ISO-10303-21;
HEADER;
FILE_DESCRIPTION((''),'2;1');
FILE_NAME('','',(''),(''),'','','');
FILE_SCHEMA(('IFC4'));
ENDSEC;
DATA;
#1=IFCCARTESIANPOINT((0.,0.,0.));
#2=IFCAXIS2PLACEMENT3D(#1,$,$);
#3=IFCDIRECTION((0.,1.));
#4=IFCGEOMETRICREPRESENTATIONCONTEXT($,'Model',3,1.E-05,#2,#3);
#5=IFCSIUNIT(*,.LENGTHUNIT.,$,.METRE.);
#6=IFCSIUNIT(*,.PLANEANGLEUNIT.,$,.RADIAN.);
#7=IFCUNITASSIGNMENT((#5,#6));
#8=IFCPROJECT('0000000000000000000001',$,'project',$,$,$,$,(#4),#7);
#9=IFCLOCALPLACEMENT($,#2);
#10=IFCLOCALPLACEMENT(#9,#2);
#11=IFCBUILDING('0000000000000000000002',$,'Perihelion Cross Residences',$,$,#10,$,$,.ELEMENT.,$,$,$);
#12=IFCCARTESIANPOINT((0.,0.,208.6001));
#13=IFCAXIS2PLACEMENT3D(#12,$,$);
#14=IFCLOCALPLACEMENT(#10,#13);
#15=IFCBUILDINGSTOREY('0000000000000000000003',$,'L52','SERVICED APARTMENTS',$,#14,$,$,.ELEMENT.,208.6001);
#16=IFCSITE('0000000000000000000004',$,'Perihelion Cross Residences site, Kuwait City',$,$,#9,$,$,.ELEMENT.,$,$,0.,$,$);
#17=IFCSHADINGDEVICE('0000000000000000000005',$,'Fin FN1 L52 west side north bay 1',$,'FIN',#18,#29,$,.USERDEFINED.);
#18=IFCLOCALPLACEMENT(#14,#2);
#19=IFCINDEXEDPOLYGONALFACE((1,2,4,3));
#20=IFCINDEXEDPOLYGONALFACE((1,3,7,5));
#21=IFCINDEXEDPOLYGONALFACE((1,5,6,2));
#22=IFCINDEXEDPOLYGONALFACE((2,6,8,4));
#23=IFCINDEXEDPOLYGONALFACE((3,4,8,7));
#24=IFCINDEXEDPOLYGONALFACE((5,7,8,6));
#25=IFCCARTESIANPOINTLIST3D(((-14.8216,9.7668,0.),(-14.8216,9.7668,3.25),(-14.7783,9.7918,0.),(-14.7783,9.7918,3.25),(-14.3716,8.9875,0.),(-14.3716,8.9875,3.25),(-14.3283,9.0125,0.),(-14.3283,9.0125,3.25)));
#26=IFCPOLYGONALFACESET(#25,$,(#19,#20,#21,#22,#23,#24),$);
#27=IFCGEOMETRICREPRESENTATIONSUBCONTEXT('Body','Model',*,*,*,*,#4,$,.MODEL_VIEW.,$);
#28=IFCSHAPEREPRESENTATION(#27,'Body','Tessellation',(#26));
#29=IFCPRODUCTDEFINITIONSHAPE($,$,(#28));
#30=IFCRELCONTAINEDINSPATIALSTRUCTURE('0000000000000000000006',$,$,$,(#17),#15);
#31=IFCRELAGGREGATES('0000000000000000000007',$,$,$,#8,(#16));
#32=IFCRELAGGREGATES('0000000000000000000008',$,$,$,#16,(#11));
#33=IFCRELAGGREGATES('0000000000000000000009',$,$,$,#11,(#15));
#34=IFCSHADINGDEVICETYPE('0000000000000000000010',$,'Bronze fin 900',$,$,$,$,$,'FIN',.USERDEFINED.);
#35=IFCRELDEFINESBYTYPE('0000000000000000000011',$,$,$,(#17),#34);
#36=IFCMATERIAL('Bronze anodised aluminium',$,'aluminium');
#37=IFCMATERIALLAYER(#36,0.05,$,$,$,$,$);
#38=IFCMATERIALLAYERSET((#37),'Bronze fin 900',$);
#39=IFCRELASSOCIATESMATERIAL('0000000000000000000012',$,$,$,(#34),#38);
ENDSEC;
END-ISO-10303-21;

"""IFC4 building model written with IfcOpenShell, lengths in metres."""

from ifc_helpers import new_model, si_unit, direction, frame, origin, origin_2d, place, context, subcontext, project, spatial, rectangle, extrude, material, layer, layer_set, type_object, element, save


model = new_model("IFC4")

# Units and contexts
model_context = context("Model", 3, precision=1e-05, world=origin(), true_north=direction((0.0, 1.0)))
body_context = subcontext(model_context, "Body", "Model", "MODEL_VIEW")
ifc_project = project(units=[si_unit("LENGTHUNIT", "METRE"), si_unit("PLANEANGLEUNIT", "RADIAN")], contexts=[model_context])

# Site, building, storey
site_placement = place(None, origin())
site = spatial("IfcSite", under=ifc_project, at=site_placement, Name="Perihelion Cross Residences site, Kuwait City", CompositionType="ELEMENT", RefElevation=0.0)
building_placement = place(site_placement, origin())
building = spatial("IfcBuilding", under=site, at=building_placement, Name="Perihelion Cross Residences", CompositionType="ELEMENT")
storey_placement = place(building_placement, frame((0.0, 0.0, 208.6001)))
storey = spatial("IfcBuildingStorey", under=building, at=storey_placement, Name="L52", Description="SERVICED APARTMENTS", CompositionType="ELEMENT", Elevation=208.6001)

# Shading device
ifc_material_1 = material(Name="Bronze anodised aluminium", Category="aluminium")
ifc_layer_1 = layer(ifc_material_1, 0.05)
ifc_layer_set_1 = layer_set([ifc_layer_1], Name="Bronze fin 900")
shading_device_type = type_object("IfcShadingDeviceType", Name="Bronze fin 900", ElementType="FIN", PredefinedType="USERDEFINED", material=ifc_layer_set_1)
shading_device_placement = place(storey_placement, frame((-14.575, 9.3896, 0.0), z_axis=(0.0, 0.0, 1.0), x_axis=(-0.5, 0.866025, 0.0)))
element("IfcShadingDevice", 1, at=shading_device_placement, inside=storey, type_object=shading_device_type, Name="Fin FN1 L52 west side north bay 1", ObjectType="FIN", PredefinedType="USERDEFINED", context=body_context, shape_type="SweptSolid", body=[
    extrude(rectangle(XDim=0.8999, YDim=0.05, at=origin_2d()), origin(), (0.0, 0.0, 1.0), 3.25),
])

save(model, "model.ifc")
